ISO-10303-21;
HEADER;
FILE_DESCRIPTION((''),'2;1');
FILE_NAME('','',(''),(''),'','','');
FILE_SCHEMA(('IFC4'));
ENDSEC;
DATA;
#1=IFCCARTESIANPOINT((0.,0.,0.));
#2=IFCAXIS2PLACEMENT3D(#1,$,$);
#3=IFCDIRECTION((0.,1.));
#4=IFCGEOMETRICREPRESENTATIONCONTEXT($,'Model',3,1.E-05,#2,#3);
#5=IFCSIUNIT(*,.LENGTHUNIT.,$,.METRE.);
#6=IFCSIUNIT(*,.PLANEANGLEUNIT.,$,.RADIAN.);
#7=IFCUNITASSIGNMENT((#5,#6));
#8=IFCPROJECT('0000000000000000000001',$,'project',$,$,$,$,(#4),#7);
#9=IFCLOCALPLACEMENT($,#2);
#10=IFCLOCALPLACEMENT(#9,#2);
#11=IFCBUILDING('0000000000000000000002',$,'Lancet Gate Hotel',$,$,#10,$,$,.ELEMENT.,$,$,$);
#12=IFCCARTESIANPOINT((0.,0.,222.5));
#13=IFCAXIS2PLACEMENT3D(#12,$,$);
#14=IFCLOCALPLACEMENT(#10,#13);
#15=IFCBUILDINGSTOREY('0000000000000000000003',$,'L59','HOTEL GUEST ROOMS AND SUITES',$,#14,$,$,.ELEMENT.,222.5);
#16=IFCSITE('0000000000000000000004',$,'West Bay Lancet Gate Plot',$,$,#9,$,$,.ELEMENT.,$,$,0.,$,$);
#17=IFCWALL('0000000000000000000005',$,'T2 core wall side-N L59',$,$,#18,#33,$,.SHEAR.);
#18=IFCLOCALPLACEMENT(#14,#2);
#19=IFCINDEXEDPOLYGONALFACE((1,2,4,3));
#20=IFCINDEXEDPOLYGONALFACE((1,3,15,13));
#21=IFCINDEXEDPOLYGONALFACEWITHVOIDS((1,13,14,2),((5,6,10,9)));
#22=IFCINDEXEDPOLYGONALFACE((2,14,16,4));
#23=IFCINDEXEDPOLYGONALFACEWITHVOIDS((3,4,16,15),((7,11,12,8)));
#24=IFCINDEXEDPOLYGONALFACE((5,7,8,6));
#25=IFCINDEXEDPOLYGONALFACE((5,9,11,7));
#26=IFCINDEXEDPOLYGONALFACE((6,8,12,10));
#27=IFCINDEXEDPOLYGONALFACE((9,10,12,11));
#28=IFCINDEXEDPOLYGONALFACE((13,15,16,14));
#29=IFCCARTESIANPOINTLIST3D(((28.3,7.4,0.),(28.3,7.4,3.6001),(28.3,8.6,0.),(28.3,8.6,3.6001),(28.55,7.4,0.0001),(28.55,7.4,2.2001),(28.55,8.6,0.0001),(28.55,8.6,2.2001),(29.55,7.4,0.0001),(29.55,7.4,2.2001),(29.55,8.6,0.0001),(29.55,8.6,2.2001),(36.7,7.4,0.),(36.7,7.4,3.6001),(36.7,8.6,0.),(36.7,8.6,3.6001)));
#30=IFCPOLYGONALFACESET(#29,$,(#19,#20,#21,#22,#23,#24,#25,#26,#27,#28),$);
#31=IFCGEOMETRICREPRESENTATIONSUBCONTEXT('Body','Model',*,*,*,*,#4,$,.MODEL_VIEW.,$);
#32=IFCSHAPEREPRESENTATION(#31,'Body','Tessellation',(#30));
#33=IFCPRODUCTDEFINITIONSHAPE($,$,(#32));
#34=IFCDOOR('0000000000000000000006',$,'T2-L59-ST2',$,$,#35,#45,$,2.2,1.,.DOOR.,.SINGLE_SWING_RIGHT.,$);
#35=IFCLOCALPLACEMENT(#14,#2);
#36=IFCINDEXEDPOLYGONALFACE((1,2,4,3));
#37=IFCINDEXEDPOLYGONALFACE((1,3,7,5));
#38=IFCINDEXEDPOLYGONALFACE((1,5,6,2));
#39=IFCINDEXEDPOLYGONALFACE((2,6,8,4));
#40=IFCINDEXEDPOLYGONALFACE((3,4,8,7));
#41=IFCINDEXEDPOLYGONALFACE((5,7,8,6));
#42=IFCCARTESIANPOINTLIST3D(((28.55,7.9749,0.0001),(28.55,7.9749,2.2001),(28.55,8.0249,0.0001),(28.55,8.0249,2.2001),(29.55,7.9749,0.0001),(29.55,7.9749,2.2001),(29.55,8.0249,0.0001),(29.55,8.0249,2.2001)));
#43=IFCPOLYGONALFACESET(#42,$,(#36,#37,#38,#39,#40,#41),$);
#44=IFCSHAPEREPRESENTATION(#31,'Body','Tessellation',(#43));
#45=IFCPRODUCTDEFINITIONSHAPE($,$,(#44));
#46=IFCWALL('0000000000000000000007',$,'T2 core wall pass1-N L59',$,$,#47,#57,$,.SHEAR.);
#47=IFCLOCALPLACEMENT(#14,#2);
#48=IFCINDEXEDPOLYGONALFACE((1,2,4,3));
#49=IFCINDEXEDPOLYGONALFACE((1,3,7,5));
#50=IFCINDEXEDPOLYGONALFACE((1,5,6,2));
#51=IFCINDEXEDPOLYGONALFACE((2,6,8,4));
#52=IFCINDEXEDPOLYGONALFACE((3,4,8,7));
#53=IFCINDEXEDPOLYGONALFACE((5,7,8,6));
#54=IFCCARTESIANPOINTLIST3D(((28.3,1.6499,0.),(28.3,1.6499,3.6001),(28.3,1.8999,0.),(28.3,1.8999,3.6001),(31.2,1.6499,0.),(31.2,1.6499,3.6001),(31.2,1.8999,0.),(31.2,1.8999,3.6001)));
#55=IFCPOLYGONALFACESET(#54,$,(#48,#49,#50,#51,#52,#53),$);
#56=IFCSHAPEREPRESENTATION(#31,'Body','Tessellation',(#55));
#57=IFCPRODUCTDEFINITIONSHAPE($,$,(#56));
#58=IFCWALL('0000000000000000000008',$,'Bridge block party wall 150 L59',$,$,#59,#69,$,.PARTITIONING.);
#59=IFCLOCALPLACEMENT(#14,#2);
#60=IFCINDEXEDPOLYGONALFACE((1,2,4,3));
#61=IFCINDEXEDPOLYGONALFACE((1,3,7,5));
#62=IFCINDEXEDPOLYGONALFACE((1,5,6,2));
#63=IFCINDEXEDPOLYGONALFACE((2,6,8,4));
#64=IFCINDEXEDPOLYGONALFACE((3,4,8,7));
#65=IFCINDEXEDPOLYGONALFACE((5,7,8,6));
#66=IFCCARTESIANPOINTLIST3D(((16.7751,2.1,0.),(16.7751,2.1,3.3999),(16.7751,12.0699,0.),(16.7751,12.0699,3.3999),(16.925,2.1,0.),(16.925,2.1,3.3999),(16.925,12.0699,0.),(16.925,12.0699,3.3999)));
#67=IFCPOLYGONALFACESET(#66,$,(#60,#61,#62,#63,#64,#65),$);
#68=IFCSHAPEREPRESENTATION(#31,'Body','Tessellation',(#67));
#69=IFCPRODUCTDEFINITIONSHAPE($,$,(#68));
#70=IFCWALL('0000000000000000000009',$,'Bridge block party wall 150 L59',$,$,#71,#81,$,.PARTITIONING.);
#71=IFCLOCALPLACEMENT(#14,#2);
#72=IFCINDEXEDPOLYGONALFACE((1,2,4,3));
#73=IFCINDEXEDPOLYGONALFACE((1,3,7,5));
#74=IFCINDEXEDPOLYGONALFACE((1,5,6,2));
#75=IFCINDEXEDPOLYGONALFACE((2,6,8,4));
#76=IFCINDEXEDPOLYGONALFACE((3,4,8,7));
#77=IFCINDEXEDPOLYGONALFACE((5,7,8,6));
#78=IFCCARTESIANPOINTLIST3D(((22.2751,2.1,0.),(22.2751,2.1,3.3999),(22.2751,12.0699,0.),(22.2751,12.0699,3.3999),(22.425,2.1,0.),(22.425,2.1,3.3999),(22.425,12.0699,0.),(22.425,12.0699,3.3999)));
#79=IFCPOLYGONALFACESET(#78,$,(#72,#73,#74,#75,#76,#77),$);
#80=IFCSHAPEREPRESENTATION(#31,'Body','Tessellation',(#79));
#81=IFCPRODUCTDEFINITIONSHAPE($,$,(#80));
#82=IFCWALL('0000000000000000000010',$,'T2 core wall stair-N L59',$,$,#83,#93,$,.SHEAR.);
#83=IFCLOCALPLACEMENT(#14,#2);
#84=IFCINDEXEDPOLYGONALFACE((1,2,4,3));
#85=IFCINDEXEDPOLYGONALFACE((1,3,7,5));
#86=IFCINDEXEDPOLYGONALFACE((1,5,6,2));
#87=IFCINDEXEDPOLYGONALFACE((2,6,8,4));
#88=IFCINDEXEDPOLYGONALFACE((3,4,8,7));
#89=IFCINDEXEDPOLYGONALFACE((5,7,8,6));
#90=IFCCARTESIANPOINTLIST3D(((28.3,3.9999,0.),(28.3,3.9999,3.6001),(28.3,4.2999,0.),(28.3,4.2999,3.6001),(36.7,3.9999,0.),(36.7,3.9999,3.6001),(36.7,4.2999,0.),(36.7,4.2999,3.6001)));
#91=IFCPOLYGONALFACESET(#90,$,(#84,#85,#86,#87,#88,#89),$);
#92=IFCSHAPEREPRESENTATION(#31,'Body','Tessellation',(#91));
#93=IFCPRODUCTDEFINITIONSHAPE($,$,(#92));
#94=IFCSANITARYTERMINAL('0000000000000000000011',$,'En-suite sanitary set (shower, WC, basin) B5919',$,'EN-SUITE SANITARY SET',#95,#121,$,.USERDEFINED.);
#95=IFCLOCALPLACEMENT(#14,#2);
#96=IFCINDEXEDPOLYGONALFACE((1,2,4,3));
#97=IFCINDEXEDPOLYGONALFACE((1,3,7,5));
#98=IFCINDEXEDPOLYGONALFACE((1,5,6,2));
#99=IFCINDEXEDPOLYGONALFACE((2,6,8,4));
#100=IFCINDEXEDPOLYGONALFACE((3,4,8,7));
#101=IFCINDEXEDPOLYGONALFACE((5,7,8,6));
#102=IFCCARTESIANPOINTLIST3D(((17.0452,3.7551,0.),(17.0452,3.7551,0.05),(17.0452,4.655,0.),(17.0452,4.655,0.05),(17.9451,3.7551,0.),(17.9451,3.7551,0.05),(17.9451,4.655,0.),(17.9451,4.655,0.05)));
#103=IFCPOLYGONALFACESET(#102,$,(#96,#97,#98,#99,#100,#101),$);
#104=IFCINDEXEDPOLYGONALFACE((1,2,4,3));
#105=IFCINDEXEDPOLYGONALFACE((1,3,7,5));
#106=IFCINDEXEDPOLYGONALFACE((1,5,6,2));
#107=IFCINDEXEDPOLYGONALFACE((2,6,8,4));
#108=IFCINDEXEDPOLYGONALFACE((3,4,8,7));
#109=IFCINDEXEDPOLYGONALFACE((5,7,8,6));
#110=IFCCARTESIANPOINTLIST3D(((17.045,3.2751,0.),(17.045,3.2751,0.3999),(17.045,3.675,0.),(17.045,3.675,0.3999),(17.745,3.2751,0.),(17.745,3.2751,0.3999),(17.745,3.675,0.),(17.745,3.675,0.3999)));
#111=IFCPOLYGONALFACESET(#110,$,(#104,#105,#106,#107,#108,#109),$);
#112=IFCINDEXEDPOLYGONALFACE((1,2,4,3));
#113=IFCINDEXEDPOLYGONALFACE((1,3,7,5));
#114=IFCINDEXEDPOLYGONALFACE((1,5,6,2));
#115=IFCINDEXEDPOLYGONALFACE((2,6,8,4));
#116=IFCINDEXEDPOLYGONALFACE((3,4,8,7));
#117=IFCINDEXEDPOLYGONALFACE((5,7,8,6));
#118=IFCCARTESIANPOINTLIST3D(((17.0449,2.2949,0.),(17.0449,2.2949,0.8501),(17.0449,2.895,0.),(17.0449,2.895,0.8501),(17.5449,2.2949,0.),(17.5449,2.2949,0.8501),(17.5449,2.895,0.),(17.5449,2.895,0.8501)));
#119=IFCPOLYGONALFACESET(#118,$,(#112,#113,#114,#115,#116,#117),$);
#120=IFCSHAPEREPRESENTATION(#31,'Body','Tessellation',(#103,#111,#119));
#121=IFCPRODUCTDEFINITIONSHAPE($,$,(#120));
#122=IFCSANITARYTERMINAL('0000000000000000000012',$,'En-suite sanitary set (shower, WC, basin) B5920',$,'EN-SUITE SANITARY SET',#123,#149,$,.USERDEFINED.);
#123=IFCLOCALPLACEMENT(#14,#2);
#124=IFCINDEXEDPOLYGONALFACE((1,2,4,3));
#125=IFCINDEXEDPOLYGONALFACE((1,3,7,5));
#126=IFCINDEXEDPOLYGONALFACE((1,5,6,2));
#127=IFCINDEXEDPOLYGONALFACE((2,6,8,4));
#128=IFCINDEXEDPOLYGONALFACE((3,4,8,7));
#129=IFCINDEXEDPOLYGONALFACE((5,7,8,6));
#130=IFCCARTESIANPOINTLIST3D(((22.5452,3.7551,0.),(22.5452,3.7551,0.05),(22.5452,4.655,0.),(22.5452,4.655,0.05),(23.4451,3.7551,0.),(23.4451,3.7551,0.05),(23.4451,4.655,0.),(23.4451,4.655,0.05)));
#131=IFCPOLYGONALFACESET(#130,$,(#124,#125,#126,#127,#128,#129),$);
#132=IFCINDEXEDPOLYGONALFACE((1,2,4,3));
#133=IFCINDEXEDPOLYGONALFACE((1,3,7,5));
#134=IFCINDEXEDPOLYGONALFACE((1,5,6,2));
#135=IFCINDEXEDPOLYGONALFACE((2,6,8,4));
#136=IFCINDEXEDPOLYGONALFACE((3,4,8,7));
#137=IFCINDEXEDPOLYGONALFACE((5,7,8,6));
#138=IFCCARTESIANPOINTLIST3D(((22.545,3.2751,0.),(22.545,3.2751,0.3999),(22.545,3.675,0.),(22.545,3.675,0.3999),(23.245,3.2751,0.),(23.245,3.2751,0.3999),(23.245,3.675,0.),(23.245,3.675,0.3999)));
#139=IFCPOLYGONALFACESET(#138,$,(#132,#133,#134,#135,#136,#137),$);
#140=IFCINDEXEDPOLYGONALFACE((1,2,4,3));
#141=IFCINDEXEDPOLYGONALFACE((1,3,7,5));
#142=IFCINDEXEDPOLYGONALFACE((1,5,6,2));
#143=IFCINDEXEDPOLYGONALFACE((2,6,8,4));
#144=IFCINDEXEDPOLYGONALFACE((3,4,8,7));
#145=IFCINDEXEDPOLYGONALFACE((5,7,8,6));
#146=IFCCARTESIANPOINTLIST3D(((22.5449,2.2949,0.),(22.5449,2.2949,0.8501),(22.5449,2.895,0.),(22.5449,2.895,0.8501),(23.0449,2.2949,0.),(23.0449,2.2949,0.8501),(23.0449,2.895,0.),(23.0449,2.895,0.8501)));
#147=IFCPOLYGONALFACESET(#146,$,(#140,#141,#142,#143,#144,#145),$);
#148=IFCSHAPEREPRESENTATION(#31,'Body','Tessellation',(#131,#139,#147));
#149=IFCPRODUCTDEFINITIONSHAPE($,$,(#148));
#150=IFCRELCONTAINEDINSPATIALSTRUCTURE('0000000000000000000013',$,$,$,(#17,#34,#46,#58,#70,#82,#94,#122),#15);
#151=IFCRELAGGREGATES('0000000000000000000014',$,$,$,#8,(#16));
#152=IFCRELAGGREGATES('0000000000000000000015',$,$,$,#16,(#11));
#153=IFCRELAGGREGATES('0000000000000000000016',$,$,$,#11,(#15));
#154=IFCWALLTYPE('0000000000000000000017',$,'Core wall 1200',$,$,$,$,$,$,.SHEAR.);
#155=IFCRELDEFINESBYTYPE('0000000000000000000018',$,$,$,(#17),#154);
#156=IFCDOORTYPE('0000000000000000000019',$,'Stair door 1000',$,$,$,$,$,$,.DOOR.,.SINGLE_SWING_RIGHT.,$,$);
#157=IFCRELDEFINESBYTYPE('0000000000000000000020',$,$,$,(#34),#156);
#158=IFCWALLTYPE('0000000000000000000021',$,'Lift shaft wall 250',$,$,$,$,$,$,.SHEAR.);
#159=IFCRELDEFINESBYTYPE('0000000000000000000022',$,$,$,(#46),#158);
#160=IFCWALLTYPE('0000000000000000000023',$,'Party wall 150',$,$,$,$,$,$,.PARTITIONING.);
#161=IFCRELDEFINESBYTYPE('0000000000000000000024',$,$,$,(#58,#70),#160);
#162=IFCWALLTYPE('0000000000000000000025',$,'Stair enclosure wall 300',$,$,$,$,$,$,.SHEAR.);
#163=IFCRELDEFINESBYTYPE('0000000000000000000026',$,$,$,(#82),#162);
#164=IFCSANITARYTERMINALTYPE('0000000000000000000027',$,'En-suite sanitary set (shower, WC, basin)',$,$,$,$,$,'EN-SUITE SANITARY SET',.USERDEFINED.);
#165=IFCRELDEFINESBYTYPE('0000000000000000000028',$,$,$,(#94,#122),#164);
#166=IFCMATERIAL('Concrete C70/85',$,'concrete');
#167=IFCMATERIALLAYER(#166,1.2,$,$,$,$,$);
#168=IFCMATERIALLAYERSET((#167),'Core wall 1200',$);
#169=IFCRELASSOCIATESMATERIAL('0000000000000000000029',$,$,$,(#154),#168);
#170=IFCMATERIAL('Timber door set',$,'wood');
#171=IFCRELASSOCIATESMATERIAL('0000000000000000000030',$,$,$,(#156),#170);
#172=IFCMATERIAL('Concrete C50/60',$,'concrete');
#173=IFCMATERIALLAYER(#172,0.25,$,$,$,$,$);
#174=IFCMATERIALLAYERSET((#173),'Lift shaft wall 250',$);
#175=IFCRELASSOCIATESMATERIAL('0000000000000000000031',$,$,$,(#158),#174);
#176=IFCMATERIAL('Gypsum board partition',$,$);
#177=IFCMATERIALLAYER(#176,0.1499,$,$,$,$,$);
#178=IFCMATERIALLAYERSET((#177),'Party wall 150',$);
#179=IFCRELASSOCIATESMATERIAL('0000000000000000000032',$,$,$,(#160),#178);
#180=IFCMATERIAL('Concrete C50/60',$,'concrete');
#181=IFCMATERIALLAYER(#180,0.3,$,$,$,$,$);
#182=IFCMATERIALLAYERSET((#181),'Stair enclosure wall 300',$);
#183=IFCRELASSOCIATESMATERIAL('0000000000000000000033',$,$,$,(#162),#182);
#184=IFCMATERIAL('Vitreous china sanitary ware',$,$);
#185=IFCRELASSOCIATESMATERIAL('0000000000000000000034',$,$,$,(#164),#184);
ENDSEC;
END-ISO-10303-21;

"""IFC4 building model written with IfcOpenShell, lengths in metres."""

from ifc_helpers import new_model, si_unit, direction, frame, frame_2d, origin, origin_2d, place, context, subcontext, project, spatial, rectangle, extrude, material, layer, layer_set, type_object, element, fill, save


model = new_model("IFC4")

# Units and contexts
model_context = context("Model", 3, precision=1e-05, world=origin(), true_north=direction((0.0, 1.0)))
body_context = subcontext(model_context, "Body", "Model", "MODEL_VIEW")
ifc_project = project(units=[si_unit("LENGTHUNIT", "METRE"), si_unit("PLANEANGLEUNIT", "RADIAN")], contexts=[model_context])

# Site, building, storey
site_placement = place(None, origin())
site = spatial("IfcSite", under=ifc_project, at=site_placement, Name="West Bay Lancet Gate Plot", CompositionType="ELEMENT", RefElevation=0.0)
building_placement = place(site_placement, origin())
building = spatial("IfcBuilding", under=site, at=building_placement, Name="Lancet Gate Hotel", CompositionType="ELEMENT")
storey_placement = place(building_placement, frame((0.0, 0.0, 222.5)))
storey = spatial("IfcBuildingStorey", under=building, at=storey_placement, Name="L59", Description="HOTEL GUEST ROOMS AND SUITES", CompositionType="ELEMENT", Elevation=222.5)

# Wall, opening, door
ifc_material_1 = material(Name="Concrete C70/85", Category="concrete")
ifc_layer_1 = layer(ifc_material_1, 1.2)
ifc_layer_set_1 = layer_set([ifc_layer_1], Name="Core wall 1200")
wall_type_1 = type_object("IfcWallType", Name="Core wall 1200", PredefinedType="SHEAR", material=ifc_layer_set_1)
wall_1_placement = place(storey_placement, frame((28.3, 8.0, 0.0), z_axis=(0.0, 0.0, 1.0), x_axis=(1.0, 0.0, 0.0)))
wall_1 = element("IfcWall", 1, at=wall_1_placement, inside=storey, type_object=wall_type_1, Name="T2 core wall side-N L59", PredefinedType="SHEAR", context=body_context, shape_type="SweptSolid", body=[
    extrude(rectangle(XDim=8.3999, YDim=1.2, at=frame_2d((4.2, 0.0))), origin(), (0.0, 0.0, 1.0), 3.6001),
])
opening_1_placement = place(wall_1_placement, frame((0.25, 0.0, 0.0)))
opening_1 = element("IfcOpeningElement", 2, at=opening_1_placement, cuts=wall_1, PredefinedType="OPENING", context=body_context, shape_type="SweptSolid", body=[
    extrude(rectangle(XDim=1.0, YDim=2.2, at=frame_2d((0.5, 1.1001))), frame((0.0, 0.6099, 0.0), z_axis=(0.0, -1.0, 0.0), x_axis=(1.0, 0.0, 0.0)), (0.0, 0.0, 1.0), 1.22),
])
ifc_material_2 = material(Name="Timber door set", Category="wood")
door_type_1 = type_object("IfcDoorType", Name="Stair door 1000", OperationType="SINGLE_SWING_RIGHT", PredefinedType="DOOR", material=ifc_material_2)
door_1_placement = place(opening_1_placement, origin())
door_1 = element("IfcDoor", 3, at=door_1_placement, inside=storey, type_object=door_type_1, Name="T2-L59-ST2", OperationType="SINGLE_SWING_RIGHT", OverallHeight=2.2, OverallWidth=1.0, PredefinedType="DOOR", context=body_context, shape_type="SweptSolid", body=[
    extrude(rectangle(XDim=1.0, YDim=2.2, at=frame_2d((0.5, 1.1001))), frame((0.0, 0.0249, 0.0), z_axis=(0.0, -1.0, 0.0), x_axis=(1.0, 0.0, 0.0)), (0.0, 0.0, 1.0), 0.05),
])
fill(opening_1, door_1)

# Walls
ifc_material_3 = material(Name="Concrete C50/60", Category="concrete")
ifc_layer_2 = layer(ifc_material_3, 0.25)
ifc_layer_set_2 = layer_set([ifc_layer_2], Name="Lift shaft wall 250")
wall_type_2 = type_object("IfcWallType", Name="Lift shaft wall 250", PredefinedType="SHEAR", material=ifc_layer_set_2)
wall_2_placement = place(storey_placement, frame((28.3, 1.7749, 0.0), z_axis=(0.0, 0.0, 1.0), x_axis=(1.0, 0.0, 0.0)))
element("IfcWall", 4, at=wall_2_placement, inside=storey, type_object=wall_type_2, Name="T2 core wall pass1-N L59", PredefinedType="SHEAR", context=body_context, shape_type="SweptSolid", body=[
    extrude(rectangle(XDim=2.8999, YDim=0.25, at=frame_2d((1.45, 0.0))), origin(), (0.0, 0.0, 1.0), 3.6001),
])
ifc_material_4 = material(Name="Gypsum board partition")
ifc_layer_3 = layer(ifc_material_4, 0.1499)
ifc_layer_set_3 = layer_set([ifc_layer_3], Name="Party wall 150")
wall_type_3 = type_object("IfcWallType", Name="Party wall 150", PredefinedType="PARTITIONING", material=ifc_layer_set_3)
for number, where, z_axis, x_axis, name in (
    (5, (16.8501, 2.1001, 0.0), (0.0, 0.0, 1.0), (0.0, 1.0, 0.0), "Bridge block party wall 150 L59"),
    (6, (22.3501, 2.1001, 0.0), (0.0, 0.0, 1.0), (0.0, 1.0, 0.0), "Bridge block party wall 150 L59"),
):
    element("IfcWall", number, at=place(storey_placement, frame(where, z_axis=z_axis, x_axis=x_axis)), inside=storey, type_object=wall_type_3, Name=name, PredefinedType="PARTITIONING", context=body_context, shape_type="SweptSolid", body=[
        extrude(rectangle(XDim=9.97, YDim=0.1499, at=frame_2d((4.9849, 0.0))), origin(), (0.0, 0.0, 1.0), 3.3999),
    ])
ifc_material_5 = material(Name="Concrete C50/60", Category="concrete")
ifc_layer_4 = layer(ifc_material_5, 0.3)
ifc_layer_set_4 = layer_set([ifc_layer_4], Name="Stair enclosure wall 300")
wall_type_4 = type_object("IfcWallType", Name="Stair enclosure wall 300", PredefinedType="SHEAR", material=ifc_layer_set_4)
wall_3_placement = place(storey_placement, frame((28.3, 4.1499, 0.0), z_axis=(0.0, 0.0, 1.0), x_axis=(1.0, 0.0, 0.0)))
element("IfcWall", 7, at=wall_3_placement, inside=storey, type_object=wall_type_4, Name="T2 core wall stair-N L59", PredefinedType="SHEAR", context=body_context, shape_type="SweptSolid", body=[
    extrude(rectangle(XDim=8.3999, YDim=0.3, at=frame_2d((4.2, 0.0))), origin(), (0.0, 0.0, 1.0), 3.6001),
])

# Sanitary terminals
ifc_material_6 = material(Name="Vitreous china sanitary ware")
sanitary_terminal_type = type_object("IfcSanitaryTerminalType", Name="En-suite sanitary set (shower, WC, basin)", ElementType="EN-SUITE SANITARY SET", PredefinedType="USERDEFINED", material=ifc_material_6)
for number, where, z_axis, x_axis, name in (
    (8, (17.4951, 4.2051, 0.0), (0.0, 0.0, 1.0), (1.0, 0.0, 0.0), "En-suite sanitary set (shower, WC, basin) B5919"),
    (9, (22.9951, 4.2051, 0.0), (0.0, 0.0, 1.0), (1.0, 0.0, 0.0), "En-suite sanitary set (shower, WC, basin) B5920"),
):
    element("IfcSanitaryTerminal", number, at=place(storey_placement, frame(where, z_axis=z_axis, x_axis=x_axis)), inside=storey, type_object=sanitary_terminal_type, Name=name, ObjectType="EN-SUITE SANITARY SET", PredefinedType="USERDEFINED", context=body_context, shape_type="SweptSolid", body=[
        extrude(rectangle(XDim=0.8999, YDim=0.8999, at=origin_2d()), frame((0.0, 0.0, 0.0), z_axis=(0.0, 0.0, 1.0), x_axis=(0.0, 1.0, 0.0)), (0.0, 0.0, 1.0), 0.05),
        extrude(rectangle(XDim=0.3999, YDim=0.7, at=origin_2d()), frame((-0.1001, -0.73, 0.0), z_axis=(0.0, 0.0, 1.0), x_axis=(0.0, 1.0, 0.0)), (0.0, 0.0, 1.0), 0.3999),
        extrude(rectangle(XDim=0.6001, YDim=0.5, at=origin_2d()), frame((-0.2002, -1.6101, 0.0), z_axis=(0.0, 0.0, 1.0), x_axis=(0.0, 1.0, 0.0)), (0.0, 0.0, 1.0), 0.8501),
    ])

save(model, "model.ifc")
